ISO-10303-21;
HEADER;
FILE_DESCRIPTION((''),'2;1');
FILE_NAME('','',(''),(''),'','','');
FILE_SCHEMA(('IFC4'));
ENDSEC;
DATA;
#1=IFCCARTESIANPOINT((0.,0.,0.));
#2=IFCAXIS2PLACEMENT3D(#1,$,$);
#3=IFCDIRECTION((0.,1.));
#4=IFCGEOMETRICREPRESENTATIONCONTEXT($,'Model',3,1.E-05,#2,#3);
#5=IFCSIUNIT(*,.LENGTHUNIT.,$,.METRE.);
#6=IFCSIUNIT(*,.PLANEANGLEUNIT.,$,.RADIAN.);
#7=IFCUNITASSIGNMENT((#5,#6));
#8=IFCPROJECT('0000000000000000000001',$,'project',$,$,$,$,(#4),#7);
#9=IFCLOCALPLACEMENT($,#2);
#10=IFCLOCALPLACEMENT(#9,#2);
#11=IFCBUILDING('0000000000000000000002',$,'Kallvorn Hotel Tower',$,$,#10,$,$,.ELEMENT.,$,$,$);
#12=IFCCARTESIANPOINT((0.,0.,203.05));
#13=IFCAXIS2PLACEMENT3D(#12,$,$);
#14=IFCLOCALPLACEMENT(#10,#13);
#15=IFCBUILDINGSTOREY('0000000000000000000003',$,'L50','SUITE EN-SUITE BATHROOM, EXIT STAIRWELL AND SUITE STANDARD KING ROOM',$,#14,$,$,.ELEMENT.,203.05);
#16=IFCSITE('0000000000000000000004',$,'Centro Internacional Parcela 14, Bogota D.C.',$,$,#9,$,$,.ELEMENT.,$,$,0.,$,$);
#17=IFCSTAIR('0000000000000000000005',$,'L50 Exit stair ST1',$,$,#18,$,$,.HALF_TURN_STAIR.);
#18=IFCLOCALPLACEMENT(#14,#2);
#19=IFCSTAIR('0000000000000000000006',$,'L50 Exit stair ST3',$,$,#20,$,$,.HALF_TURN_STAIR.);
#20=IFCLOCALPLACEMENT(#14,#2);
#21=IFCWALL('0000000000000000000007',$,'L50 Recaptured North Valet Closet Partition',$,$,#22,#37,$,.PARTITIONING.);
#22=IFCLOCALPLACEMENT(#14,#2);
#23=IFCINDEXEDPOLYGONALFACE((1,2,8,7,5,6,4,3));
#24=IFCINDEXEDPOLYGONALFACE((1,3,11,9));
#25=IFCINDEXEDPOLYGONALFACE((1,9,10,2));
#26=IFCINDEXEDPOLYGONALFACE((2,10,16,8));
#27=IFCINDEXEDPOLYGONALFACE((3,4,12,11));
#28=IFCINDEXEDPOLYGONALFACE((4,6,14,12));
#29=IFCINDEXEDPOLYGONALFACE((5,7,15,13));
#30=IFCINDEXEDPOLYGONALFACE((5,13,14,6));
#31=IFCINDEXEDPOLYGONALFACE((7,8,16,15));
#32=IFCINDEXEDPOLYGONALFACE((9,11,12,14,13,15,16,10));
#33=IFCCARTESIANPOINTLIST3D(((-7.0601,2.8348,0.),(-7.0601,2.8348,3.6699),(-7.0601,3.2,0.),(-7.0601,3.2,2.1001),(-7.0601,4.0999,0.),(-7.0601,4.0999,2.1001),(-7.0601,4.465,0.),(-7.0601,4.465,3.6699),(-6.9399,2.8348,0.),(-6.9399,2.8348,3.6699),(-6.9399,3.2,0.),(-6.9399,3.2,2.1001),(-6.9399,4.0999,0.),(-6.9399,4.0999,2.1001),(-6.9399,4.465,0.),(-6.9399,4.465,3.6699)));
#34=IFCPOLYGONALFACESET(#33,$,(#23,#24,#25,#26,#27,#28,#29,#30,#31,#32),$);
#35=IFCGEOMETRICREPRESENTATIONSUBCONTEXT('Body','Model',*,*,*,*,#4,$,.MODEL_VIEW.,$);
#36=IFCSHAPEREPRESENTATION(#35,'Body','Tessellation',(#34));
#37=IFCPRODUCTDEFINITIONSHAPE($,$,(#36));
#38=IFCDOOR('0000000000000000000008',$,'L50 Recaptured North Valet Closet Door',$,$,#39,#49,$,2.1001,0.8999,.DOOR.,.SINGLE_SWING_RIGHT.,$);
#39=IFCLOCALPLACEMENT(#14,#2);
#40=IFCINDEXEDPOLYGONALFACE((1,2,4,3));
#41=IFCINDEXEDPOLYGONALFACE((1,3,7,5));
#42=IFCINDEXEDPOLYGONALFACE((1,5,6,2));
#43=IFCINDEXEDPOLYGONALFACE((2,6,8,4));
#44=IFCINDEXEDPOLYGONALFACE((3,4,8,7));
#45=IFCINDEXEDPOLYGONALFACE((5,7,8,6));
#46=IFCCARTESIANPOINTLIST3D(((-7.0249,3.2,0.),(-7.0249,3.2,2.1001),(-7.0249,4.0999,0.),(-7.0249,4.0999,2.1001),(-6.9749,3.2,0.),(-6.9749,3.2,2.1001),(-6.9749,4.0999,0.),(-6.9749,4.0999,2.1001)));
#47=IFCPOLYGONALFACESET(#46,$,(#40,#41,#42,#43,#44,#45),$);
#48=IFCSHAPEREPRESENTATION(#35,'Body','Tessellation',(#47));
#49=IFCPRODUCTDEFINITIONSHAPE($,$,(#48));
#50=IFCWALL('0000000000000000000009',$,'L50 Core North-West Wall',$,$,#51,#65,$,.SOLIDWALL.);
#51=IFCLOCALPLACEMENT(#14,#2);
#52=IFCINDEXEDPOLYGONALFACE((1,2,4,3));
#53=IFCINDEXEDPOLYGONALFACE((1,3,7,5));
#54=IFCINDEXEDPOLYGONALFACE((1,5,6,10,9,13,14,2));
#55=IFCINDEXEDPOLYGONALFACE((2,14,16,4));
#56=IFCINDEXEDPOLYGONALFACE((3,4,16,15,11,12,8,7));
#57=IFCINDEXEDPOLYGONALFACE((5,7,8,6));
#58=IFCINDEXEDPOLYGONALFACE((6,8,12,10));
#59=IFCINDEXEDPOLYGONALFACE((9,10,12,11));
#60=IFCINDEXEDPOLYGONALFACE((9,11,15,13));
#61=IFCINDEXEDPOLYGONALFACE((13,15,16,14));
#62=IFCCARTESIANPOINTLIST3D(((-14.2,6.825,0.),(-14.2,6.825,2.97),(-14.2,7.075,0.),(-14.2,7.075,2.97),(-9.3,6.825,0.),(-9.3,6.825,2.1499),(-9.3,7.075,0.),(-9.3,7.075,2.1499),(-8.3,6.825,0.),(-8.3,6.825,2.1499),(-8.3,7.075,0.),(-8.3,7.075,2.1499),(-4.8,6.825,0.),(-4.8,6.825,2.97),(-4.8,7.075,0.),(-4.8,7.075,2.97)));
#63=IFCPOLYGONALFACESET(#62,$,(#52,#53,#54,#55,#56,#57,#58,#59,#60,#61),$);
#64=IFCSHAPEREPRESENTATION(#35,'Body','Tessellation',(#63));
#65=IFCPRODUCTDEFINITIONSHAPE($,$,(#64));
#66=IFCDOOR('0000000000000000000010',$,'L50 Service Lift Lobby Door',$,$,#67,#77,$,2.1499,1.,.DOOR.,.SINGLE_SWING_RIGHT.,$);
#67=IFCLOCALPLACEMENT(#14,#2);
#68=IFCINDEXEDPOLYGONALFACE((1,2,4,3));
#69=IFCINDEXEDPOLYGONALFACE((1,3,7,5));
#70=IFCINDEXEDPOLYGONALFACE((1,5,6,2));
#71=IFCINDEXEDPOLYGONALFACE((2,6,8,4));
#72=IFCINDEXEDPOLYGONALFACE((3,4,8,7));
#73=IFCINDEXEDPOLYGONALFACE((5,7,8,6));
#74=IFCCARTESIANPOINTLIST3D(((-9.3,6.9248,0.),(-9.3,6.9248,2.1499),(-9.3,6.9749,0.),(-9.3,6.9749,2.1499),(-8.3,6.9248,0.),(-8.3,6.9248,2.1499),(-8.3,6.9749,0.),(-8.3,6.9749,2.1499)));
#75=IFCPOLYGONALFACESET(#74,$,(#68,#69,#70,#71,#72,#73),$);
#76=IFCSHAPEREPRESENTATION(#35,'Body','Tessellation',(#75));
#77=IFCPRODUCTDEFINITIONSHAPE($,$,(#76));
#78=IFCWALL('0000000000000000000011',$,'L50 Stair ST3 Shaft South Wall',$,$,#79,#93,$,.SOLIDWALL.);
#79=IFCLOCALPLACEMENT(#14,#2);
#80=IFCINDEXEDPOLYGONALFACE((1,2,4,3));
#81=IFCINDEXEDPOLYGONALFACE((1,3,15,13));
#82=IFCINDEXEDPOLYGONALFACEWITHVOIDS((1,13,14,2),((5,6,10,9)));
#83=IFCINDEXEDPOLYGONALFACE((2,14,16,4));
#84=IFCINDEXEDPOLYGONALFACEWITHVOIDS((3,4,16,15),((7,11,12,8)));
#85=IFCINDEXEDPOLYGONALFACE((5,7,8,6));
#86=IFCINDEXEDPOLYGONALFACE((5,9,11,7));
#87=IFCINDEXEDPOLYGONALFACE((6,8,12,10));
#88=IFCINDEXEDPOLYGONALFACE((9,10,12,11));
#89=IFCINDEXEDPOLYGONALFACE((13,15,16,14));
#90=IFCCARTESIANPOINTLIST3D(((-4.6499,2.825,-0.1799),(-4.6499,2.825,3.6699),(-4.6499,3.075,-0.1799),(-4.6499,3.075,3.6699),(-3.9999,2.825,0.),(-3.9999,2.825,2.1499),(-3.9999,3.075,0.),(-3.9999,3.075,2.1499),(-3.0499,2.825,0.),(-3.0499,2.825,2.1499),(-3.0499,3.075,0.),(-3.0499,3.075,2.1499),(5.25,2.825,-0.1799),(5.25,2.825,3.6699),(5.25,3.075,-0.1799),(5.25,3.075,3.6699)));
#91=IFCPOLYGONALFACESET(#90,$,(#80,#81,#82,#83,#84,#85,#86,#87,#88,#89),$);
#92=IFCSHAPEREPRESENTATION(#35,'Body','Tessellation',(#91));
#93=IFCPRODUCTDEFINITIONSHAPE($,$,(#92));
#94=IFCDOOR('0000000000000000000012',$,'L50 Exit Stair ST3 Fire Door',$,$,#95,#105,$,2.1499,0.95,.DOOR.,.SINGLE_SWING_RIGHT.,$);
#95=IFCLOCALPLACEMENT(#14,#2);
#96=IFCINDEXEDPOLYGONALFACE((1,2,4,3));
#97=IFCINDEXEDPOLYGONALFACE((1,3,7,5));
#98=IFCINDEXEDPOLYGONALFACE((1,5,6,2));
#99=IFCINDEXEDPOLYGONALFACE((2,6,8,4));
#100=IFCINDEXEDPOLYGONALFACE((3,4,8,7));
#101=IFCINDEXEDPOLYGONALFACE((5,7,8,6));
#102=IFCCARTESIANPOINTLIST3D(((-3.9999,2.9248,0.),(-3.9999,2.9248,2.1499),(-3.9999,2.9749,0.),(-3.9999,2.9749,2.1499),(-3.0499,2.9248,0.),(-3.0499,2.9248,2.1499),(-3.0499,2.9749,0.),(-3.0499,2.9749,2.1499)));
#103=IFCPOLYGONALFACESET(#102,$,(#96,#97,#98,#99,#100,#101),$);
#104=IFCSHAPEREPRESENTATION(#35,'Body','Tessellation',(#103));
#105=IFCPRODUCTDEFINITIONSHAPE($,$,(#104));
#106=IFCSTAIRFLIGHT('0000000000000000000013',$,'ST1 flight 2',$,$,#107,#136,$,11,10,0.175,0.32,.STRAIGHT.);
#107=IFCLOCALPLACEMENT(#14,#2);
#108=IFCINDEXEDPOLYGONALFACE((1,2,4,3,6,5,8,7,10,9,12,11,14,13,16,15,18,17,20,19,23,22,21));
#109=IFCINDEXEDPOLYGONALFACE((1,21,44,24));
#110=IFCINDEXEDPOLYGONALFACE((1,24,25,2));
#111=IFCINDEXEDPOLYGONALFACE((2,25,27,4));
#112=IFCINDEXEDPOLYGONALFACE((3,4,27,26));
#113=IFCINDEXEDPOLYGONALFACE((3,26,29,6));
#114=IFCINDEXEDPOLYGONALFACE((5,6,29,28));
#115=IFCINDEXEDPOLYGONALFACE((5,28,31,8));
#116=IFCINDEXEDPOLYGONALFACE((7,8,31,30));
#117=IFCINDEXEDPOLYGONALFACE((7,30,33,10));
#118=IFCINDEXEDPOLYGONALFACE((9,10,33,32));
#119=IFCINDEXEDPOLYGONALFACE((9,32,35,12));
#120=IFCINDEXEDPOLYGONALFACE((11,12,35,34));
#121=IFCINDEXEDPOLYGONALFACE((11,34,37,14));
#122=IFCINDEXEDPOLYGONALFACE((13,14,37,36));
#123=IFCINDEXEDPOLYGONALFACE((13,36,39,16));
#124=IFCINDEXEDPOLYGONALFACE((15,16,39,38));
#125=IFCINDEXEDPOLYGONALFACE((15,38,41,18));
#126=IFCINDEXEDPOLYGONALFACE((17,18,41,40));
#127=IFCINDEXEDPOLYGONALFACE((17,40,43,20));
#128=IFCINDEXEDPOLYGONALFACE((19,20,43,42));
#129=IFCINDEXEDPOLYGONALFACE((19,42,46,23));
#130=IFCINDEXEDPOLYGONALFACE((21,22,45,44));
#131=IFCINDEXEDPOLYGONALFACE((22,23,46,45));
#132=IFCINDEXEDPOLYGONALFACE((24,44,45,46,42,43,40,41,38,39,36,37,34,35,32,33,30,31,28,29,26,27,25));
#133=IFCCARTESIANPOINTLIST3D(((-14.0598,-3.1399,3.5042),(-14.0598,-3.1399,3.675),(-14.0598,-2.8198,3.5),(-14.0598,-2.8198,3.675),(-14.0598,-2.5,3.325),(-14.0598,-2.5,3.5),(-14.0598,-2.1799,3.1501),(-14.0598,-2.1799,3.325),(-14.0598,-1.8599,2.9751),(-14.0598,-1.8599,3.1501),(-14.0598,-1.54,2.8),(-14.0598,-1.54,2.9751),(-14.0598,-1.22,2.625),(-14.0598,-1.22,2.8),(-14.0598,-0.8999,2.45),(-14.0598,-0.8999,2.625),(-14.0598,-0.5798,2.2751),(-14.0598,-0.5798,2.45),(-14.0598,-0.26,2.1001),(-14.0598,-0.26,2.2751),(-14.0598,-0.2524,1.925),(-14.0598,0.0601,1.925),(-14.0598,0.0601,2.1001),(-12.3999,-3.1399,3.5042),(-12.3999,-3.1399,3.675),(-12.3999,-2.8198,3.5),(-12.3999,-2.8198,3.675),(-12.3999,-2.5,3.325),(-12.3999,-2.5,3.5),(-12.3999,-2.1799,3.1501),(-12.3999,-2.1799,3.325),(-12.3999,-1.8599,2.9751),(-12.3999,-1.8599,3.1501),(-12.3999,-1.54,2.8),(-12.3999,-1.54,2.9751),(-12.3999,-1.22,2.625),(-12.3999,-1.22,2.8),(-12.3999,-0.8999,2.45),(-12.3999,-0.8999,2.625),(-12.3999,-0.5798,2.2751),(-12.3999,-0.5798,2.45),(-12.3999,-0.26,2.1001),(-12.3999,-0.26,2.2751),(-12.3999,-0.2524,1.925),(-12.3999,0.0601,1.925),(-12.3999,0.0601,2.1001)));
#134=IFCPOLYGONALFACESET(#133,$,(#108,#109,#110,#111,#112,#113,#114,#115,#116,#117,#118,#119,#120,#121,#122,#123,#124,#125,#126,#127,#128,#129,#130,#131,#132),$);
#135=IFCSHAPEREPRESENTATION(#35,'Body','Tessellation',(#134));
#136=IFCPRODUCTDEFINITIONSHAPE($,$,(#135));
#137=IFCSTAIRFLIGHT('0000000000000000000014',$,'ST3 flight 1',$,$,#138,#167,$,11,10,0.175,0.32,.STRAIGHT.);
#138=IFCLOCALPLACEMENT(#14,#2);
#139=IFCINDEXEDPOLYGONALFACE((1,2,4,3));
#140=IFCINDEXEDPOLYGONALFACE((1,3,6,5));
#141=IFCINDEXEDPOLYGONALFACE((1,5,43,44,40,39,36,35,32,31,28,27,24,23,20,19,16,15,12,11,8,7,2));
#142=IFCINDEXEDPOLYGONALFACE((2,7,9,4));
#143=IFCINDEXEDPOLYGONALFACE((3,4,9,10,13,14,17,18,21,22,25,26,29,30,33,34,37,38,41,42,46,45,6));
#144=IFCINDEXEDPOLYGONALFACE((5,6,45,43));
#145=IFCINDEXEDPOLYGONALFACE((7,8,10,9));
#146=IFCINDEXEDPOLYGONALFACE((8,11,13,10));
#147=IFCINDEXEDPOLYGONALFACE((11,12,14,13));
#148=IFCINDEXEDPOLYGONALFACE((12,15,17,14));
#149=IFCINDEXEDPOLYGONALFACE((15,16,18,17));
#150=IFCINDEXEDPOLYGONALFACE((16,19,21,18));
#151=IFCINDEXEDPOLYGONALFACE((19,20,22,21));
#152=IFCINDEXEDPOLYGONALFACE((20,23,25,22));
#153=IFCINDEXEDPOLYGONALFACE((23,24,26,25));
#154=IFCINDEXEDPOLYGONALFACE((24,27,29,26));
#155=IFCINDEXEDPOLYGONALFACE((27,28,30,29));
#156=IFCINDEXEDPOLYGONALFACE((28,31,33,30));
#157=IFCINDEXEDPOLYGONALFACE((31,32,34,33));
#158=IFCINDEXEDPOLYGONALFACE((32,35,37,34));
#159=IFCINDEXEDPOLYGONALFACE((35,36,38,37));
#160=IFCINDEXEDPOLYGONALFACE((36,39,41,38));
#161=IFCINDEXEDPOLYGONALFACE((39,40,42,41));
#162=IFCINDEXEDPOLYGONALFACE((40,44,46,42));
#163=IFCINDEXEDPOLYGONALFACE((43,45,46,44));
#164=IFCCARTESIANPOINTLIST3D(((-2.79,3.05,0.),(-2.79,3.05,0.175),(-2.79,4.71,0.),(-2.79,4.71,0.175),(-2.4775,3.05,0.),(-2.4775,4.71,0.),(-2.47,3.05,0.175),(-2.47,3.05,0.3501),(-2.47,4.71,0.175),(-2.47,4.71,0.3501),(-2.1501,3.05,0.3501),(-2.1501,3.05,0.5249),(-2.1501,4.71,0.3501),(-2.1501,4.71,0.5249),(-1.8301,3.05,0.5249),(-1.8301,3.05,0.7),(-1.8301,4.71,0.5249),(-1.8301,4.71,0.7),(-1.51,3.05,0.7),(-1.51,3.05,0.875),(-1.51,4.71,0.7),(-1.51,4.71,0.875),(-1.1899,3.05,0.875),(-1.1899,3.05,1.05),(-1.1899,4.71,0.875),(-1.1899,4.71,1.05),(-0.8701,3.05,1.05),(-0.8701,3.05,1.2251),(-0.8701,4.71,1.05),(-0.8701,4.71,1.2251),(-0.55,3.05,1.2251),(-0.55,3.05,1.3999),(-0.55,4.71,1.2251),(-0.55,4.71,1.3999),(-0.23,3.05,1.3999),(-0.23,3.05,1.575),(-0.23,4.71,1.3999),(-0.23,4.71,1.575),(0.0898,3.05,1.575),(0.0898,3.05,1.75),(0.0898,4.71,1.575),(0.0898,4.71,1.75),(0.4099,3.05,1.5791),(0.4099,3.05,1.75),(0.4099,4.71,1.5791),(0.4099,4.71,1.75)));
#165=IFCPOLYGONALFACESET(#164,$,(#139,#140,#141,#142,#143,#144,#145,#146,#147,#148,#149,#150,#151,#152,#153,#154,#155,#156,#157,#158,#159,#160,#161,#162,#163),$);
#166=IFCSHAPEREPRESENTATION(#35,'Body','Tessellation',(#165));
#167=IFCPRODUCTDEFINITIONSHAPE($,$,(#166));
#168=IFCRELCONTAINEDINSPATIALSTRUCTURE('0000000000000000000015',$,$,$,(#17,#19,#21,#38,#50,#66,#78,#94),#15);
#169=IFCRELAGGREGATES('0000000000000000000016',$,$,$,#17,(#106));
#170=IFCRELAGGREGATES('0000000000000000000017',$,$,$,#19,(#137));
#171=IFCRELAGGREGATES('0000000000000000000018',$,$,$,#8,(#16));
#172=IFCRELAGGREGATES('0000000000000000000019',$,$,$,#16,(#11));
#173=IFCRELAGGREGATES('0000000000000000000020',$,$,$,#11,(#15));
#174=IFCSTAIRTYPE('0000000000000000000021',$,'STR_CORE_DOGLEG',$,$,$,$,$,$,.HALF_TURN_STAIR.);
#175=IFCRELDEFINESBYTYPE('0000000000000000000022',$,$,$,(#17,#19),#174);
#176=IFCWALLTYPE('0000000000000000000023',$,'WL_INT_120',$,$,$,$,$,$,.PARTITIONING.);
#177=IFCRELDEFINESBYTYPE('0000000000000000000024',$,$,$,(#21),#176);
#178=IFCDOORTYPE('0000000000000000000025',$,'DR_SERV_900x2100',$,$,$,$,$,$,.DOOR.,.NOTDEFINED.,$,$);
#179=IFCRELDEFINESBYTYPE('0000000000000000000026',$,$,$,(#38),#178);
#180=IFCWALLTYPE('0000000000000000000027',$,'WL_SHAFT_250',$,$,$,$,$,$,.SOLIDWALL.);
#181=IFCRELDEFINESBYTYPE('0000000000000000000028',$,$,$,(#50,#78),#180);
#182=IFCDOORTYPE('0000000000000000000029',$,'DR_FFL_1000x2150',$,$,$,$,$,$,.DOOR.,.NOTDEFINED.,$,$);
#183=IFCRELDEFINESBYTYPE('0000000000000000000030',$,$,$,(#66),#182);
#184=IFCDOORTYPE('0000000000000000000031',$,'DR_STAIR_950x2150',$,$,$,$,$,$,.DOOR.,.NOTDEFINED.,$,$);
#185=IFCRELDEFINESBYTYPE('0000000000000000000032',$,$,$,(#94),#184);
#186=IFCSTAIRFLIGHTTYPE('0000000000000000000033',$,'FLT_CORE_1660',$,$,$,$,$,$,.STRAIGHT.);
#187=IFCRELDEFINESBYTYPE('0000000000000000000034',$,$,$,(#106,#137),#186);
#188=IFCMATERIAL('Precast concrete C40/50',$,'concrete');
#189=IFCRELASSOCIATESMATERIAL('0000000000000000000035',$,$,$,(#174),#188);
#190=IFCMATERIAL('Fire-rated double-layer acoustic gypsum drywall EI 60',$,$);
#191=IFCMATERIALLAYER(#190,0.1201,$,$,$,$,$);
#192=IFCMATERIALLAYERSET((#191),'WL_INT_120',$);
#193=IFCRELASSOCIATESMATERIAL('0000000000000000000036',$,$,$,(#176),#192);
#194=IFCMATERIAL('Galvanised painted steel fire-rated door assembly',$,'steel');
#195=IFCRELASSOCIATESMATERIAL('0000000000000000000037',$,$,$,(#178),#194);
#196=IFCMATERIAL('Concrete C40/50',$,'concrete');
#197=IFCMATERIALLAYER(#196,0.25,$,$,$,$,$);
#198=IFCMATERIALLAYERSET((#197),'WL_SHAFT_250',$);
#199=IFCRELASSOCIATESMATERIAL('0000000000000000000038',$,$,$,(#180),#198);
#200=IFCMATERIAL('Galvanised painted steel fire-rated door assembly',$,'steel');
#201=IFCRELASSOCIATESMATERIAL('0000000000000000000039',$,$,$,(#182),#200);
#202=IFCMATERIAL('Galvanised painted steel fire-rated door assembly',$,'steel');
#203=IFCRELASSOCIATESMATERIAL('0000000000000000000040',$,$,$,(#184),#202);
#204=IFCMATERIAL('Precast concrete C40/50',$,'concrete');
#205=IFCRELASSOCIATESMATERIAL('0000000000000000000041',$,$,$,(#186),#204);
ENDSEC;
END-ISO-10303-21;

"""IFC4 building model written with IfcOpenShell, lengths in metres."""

from ifc_helpers import new_model, si_unit, direction, frame, frame_2d, origin, place, context, subcontext, project, spatial, polyline, rectangle, outline, extrude, material, layer, layer_set, type_object, element, fill, aggregate, save


model = new_model("IFC4")

# Units and contexts
model_context = context("Model", 3, precision=1e-05, world=origin(), true_north=direction((0.0, 1.0)))
body_context = subcontext(model_context, "Body", "Model", "MODEL_VIEW")
ifc_project = project(units=[si_unit("LENGTHUNIT", "METRE"), si_unit("PLANEANGLEUNIT", "RADIAN")], contexts=[model_context])

# Site, building, storey
site_placement = place(None, origin())
site = spatial("IfcSite", under=ifc_project, at=site_placement, Name="Centro Internacional Parcela 14, Bogota D.C.", CompositionType="ELEMENT", RefElevation=0.0)
building_placement = place(site_placement, origin())
building = spatial("IfcBuilding", under=site, at=building_placement, Name="Kallvorn Hotel Tower", CompositionType="ELEMENT")
storey_placement = place(building_placement, frame((0.0, 0.0, 203.05)))
storey = spatial("IfcBuildingStorey", under=building, at=storey_placement, Name="L50", Description="SUITE EN-SUITE BATHROOM, EXIT STAIRWELL AND SUITE STANDARD KING ROOM", CompositionType="ELEMENT", Elevation=203.05)

# Stairs
ifc_material_1 = material(Name="Precast concrete C40/50", Category="concrete")
stair_type = type_object("IfcStairType", Name="STR_CORE_DOGLEG", PredefinedType="HALF_TURN_STAIR", material=ifc_material_1)
stair_1_placement = place(storey_placement, origin())
stair_1 = element("IfcStair", 1, at=stair_1_placement, inside=storey, type_object=stair_type, Name="L50 Exit stair ST1", PredefinedType="HALF_TURN_STAIR")
stair_2_placement = place(storey_placement, origin())
stair_2 = element("IfcStair", 2, at=stair_2_placement, inside=storey, type_object=stair_type, Name="L50 Exit stair ST3", PredefinedType="HALF_TURN_STAIR")

# Shared definitions
ifc_material_2 = material(Name="Fire-rated double-layer acoustic gypsum drywall EI 60")
ifc_layer_1 = layer(ifc_material_2, 0.1201)
ifc_layer_set_1 = layer_set([ifc_layer_1], Name="WL_INT_120")
wall_type_1 = type_object("IfcWallType", Name="WL_INT_120", PredefinedType="PARTITIONING", material=ifc_layer_set_1)

# Walls, openings, doors
wall_1_placement = place(storey_placement, frame((-7.0, 2.835, 0.0), z_axis=(0.0, 0.0, 1.0), x_axis=(0.0, 1.0, 0.0)))
wall_1 = element("IfcWall", 3, at=wall_1_placement, inside=storey, type_object=wall_type_1, Name="L50 Recaptured North Valet Closet Partition", PredefinedType="PARTITIONING", context=body_context, shape_type="SweptSolid", body=[
    extrude(rectangle(XDim=1.6301, YDim=0.1201, at=frame_2d((0.8149, 0.0))), origin(), (0.0, 0.0, 1.0), 3.6699),
])
opening_1_placement = place(wall_1_placement, frame((0.365, 0.0, 0.0)))
opening_1 = element("IfcOpeningElement", 4, at=opening_1_placement, cuts=wall_1, PredefinedType="OPENING", context=body_context, shape_type="SweptSolid", body=[
    extrude(rectangle(XDim=0.8999, YDim=2.1001, at=frame_2d((0.45, 1.05))), frame((0.0, 0.075, 0.0), z_axis=(0.0, -1.0, 0.0), x_axis=(1.0, 0.0, 0.0)), (0.0, 0.0, 1.0), 0.1501),
])
ifc_material_3 = material(Name="Galvanised painted steel fire-rated door assembly", Category="steel")
door_type_1 = type_object("IfcDoorType", Name="DR_SERV_900x2100", OperationType="NOTDEFINED", PredefinedType="DOOR", material=ifc_material_3)
door_1_placement = place(opening_1_placement, origin())
door_1 = element("IfcDoor", 5, at=door_1_placement, inside=storey, type_object=door_type_1, Name="L50 Recaptured North Valet Closet Door", OperationType="SINGLE_SWING_RIGHT", OverallHeight=2.1001, OverallWidth=0.8999, PredefinedType="DOOR", context=body_context, shape_type="SweptSolid", body=[
    extrude(rectangle(XDim=0.8999, YDim=2.1001, at=frame_2d((0.45, 1.05))), frame((0.0, 0.0249, 0.0), z_axis=(0.0, -1.0, 0.0), x_axis=(1.0, 0.0, 0.0)), (0.0, 0.0, 1.0), 0.05),
])
fill(opening_1, door_1)
ifc_material_4 = material(Name="Concrete C40/50", Category="concrete")
ifc_layer_2 = layer(ifc_material_4, 0.25)
ifc_layer_set_2 = layer_set([ifc_layer_2], Name="WL_SHAFT_250")
wall_type_2 = type_object("IfcWallType", Name="WL_SHAFT_250", PredefinedType="SOLIDWALL", material=ifc_layer_set_2)
wall_2_placement = place(storey_placement, frame((-14.2, 6.95, 0.0), z_axis=(0.0, 0.0, 1.0), x_axis=(1.0, 0.0, 0.0)))
wall_2 = element("IfcWall", 6, at=wall_2_placement, inside=storey, type_object=wall_type_2, Name="L50 Core North-West Wall", PredefinedType="SOLIDWALL", context=body_context, shape_type="SweptSolid", body=[
    extrude(rectangle(XDim=9.3999, YDim=0.25, at=frame_2d((4.7, 0.0))), origin(), (0.0, 0.0, 1.0), 2.97),
])
opening_2_placement = place(wall_2_placement, frame((4.8999, 0.0, 0.0)))
opening_2 = element("IfcOpeningElement", 7, at=opening_2_placement, cuts=wall_2, PredefinedType="OPENING", context=body_context, shape_type="SweptSolid", body=[
    extrude(rectangle(XDim=1.0, YDim=2.1499, at=frame_2d((0.5, 1.075))), frame((0.0, 0.1399, 0.0), z_axis=(0.0, -1.0, 0.0), x_axis=(1.0, 0.0, 0.0)), (0.0, 0.0, 1.0), 0.28),
])
ifc_material_5 = material(Name="Galvanised painted steel fire-rated door assembly", Category="steel")
door_type_2 = type_object("IfcDoorType", Name="DR_FFL_1000x2150", OperationType="NOTDEFINED", PredefinedType="DOOR", material=ifc_material_5)
door_2_placement = place(opening_2_placement, origin())
door_2 = element("IfcDoor", 8, at=door_2_placement, inside=storey, type_object=door_type_2, Name="L50 Service Lift Lobby Door", OperationType="SINGLE_SWING_RIGHT", OverallHeight=2.1499, OverallWidth=1.0, PredefinedType="DOOR", context=body_context, shape_type="SweptSolid", body=[
    extrude(rectangle(XDim=1.0, YDim=2.1499, at=frame_2d((0.5, 1.075))), frame((0.0, 0.0249, 0.0), z_axis=(0.0, -1.0, 0.0), x_axis=(1.0, 0.0, 0.0)), (0.0, 0.0, 1.0), 0.05),
])
fill(opening_2, door_2)
wall_3_placement = place(storey_placement, frame((-4.6499, 2.95, -0.1799), z_axis=(0.0, 0.0, 1.0), x_axis=(1.0, 0.0, 0.0)))
wall_3 = element("IfcWall", 9, at=wall_3_placement, inside=storey, type_object=wall_type_2, Name="L50 Stair ST3 Shaft South Wall", PredefinedType="SOLIDWALL", context=body_context, shape_type="SweptSolid", body=[
    extrude(rectangle(XDim=9.8999, YDim=0.25, at=frame_2d((4.95, 0.0))), origin(), (0.0, 0.0, 1.0), 3.8499),
])
opening_3_placement = place(wall_3_placement, frame((0.6499, 0.0, 0.1799)))
opening_3 = element("IfcOpeningElement", 10, at=opening_3_placement, cuts=wall_3, PredefinedType="OPENING", context=body_context, shape_type="SweptSolid", body=[
    extrude(rectangle(XDim=0.95, YDim=2.1499, at=frame_2d((0.4751, 1.075))), frame((0.0, 0.1399, 0.0), z_axis=(0.0, -1.0, 0.0), x_axis=(1.0, 0.0, 0.0)), (0.0, 0.0, 1.0), 0.28),
])
ifc_material_6 = material(Name="Galvanised painted steel fire-rated door assembly", Category="steel")
door_type_3 = type_object("IfcDoorType", Name="DR_STAIR_950x2150", OperationType="NOTDEFINED", PredefinedType="DOOR", material=ifc_material_6)
door_3_placement = place(opening_3_placement, origin())
door_3 = element("IfcDoor", 11, at=door_3_placement, inside=storey, type_object=door_type_3, Name="L50 Exit Stair ST3 Fire Door", OperationType="SINGLE_SWING_RIGHT", OverallHeight=2.1499, OverallWidth=0.95, PredefinedType="DOOR", context=body_context, shape_type="SweptSolid", body=[
    extrude(rectangle(XDim=0.95, YDim=2.1499, at=frame_2d((0.4751, 1.075))), frame((0.0, 0.0249, 0.0), z_axis=(0.0, -1.0, 0.0), x_axis=(1.0, 0.0, 0.0)), (0.0, 0.0, 1.0), 0.05),
])
fill(opening_3, door_3)

# Stair flights
ifc_material_7 = material(Name="Precast concrete C40/50", Category="concrete")
stair_flight_type = type_object("IfcStairFlightType", Name="FLT_CORE_1660", PredefinedType="STRAIGHT", material=ifc_material_7)
stair_flight_1_placement = place(storey_placement, frame((-13.23, 0.0601, 1.925), z_axis=(0.0, 0.0, 1.0), x_axis=(0.0, -1.0, 0.0)))
stair_flight_1 = element("IfcStairFlight", 12, at=stair_flight_1_placement, type_object=stair_flight_type, Name="ST1 flight 2", NumberOfRisers=11, NumberOfTreads=10, PredefinedType="STRAIGHT", RiserHeight=0.175, TreadLength=0.32, context=body_context, shape_type="SweptSolid", body=[
    extrude(outline(polyline([(0.0, 0.0), (0.0, 0.175), (0.3201, 0.175), (0.3201, 0.3501), (0.6399, 0.3501), (0.6399, 0.5249), (0.96, 0.5249), (0.96, 0.7), (1.28, 0.7), (1.28, 0.875), (1.6001, 0.875), (1.6001, 1.05), (1.9199, 1.05), (1.9199, 1.2251), (2.24, 1.2251), (2.24, 1.3999), (2.5601, 1.3999), (2.5601, 1.575), (2.8799, 1.575), (2.8799, 1.75), (3.2, 1.75), (3.2, 1.925), (3.2, 1.5791), (0.3125, 0.0), (0.0, 0.0)])), frame((0.0, 0.8301, 0.0), z_axis=(0.0, -1.0, 0.0), x_axis=(1.0, 0.0, 0.0)), (0.0, 0.0, 1.0), 1.6599),
])
aggregate(stair_1, [stair_flight_1])
stair_flight_2_placement = place(storey_placement, frame((-2.79, 3.8799, 0.0), z_axis=(0.0, 0.0, 1.0), x_axis=(1.0, 0.0, 0.0)))
stair_flight_2 = element("IfcStairFlight", 13, at=stair_flight_2_placement, type_object=stair_flight_type, Name="ST3 flight 1", NumberOfRisers=11, NumberOfTreads=10, PredefinedType="STRAIGHT", RiserHeight=0.175, TreadLength=0.32, context=body_context, shape_type="SweptSolid", body=[
    extrude(outline(polyline([(0.0, 0.0), (0.0, 0.175), (0.3201, 0.175), (0.3201, 0.3501), (0.6399, 0.3501), (0.6399, 0.5249), (0.96, 0.5249), (0.96, 0.7), (1.28, 0.7), (1.28, 0.875), (1.6001, 0.875), (1.6001, 1.05), (1.9199, 1.05), (1.9199, 1.2251), (2.24, 1.2251), (2.24, 1.3999), (2.5601, 1.3999), (2.5601, 1.575), (2.8799, 1.575), (2.8799, 1.75), (3.2, 1.75), (3.2, 1.925), (3.2, 1.5791), (0.3125, 0.0), (0.0, 0.0)])), frame((0.0, 0.8301, 0.0), z_axis=(0.0, -1.0, 0.0), x_axis=(1.0, 0.0, 0.0)), (0.0, 0.0, 1.0), 1.6599),
])
aggregate(stair_2, [stair_flight_2])

save(model, "model.ifc")
